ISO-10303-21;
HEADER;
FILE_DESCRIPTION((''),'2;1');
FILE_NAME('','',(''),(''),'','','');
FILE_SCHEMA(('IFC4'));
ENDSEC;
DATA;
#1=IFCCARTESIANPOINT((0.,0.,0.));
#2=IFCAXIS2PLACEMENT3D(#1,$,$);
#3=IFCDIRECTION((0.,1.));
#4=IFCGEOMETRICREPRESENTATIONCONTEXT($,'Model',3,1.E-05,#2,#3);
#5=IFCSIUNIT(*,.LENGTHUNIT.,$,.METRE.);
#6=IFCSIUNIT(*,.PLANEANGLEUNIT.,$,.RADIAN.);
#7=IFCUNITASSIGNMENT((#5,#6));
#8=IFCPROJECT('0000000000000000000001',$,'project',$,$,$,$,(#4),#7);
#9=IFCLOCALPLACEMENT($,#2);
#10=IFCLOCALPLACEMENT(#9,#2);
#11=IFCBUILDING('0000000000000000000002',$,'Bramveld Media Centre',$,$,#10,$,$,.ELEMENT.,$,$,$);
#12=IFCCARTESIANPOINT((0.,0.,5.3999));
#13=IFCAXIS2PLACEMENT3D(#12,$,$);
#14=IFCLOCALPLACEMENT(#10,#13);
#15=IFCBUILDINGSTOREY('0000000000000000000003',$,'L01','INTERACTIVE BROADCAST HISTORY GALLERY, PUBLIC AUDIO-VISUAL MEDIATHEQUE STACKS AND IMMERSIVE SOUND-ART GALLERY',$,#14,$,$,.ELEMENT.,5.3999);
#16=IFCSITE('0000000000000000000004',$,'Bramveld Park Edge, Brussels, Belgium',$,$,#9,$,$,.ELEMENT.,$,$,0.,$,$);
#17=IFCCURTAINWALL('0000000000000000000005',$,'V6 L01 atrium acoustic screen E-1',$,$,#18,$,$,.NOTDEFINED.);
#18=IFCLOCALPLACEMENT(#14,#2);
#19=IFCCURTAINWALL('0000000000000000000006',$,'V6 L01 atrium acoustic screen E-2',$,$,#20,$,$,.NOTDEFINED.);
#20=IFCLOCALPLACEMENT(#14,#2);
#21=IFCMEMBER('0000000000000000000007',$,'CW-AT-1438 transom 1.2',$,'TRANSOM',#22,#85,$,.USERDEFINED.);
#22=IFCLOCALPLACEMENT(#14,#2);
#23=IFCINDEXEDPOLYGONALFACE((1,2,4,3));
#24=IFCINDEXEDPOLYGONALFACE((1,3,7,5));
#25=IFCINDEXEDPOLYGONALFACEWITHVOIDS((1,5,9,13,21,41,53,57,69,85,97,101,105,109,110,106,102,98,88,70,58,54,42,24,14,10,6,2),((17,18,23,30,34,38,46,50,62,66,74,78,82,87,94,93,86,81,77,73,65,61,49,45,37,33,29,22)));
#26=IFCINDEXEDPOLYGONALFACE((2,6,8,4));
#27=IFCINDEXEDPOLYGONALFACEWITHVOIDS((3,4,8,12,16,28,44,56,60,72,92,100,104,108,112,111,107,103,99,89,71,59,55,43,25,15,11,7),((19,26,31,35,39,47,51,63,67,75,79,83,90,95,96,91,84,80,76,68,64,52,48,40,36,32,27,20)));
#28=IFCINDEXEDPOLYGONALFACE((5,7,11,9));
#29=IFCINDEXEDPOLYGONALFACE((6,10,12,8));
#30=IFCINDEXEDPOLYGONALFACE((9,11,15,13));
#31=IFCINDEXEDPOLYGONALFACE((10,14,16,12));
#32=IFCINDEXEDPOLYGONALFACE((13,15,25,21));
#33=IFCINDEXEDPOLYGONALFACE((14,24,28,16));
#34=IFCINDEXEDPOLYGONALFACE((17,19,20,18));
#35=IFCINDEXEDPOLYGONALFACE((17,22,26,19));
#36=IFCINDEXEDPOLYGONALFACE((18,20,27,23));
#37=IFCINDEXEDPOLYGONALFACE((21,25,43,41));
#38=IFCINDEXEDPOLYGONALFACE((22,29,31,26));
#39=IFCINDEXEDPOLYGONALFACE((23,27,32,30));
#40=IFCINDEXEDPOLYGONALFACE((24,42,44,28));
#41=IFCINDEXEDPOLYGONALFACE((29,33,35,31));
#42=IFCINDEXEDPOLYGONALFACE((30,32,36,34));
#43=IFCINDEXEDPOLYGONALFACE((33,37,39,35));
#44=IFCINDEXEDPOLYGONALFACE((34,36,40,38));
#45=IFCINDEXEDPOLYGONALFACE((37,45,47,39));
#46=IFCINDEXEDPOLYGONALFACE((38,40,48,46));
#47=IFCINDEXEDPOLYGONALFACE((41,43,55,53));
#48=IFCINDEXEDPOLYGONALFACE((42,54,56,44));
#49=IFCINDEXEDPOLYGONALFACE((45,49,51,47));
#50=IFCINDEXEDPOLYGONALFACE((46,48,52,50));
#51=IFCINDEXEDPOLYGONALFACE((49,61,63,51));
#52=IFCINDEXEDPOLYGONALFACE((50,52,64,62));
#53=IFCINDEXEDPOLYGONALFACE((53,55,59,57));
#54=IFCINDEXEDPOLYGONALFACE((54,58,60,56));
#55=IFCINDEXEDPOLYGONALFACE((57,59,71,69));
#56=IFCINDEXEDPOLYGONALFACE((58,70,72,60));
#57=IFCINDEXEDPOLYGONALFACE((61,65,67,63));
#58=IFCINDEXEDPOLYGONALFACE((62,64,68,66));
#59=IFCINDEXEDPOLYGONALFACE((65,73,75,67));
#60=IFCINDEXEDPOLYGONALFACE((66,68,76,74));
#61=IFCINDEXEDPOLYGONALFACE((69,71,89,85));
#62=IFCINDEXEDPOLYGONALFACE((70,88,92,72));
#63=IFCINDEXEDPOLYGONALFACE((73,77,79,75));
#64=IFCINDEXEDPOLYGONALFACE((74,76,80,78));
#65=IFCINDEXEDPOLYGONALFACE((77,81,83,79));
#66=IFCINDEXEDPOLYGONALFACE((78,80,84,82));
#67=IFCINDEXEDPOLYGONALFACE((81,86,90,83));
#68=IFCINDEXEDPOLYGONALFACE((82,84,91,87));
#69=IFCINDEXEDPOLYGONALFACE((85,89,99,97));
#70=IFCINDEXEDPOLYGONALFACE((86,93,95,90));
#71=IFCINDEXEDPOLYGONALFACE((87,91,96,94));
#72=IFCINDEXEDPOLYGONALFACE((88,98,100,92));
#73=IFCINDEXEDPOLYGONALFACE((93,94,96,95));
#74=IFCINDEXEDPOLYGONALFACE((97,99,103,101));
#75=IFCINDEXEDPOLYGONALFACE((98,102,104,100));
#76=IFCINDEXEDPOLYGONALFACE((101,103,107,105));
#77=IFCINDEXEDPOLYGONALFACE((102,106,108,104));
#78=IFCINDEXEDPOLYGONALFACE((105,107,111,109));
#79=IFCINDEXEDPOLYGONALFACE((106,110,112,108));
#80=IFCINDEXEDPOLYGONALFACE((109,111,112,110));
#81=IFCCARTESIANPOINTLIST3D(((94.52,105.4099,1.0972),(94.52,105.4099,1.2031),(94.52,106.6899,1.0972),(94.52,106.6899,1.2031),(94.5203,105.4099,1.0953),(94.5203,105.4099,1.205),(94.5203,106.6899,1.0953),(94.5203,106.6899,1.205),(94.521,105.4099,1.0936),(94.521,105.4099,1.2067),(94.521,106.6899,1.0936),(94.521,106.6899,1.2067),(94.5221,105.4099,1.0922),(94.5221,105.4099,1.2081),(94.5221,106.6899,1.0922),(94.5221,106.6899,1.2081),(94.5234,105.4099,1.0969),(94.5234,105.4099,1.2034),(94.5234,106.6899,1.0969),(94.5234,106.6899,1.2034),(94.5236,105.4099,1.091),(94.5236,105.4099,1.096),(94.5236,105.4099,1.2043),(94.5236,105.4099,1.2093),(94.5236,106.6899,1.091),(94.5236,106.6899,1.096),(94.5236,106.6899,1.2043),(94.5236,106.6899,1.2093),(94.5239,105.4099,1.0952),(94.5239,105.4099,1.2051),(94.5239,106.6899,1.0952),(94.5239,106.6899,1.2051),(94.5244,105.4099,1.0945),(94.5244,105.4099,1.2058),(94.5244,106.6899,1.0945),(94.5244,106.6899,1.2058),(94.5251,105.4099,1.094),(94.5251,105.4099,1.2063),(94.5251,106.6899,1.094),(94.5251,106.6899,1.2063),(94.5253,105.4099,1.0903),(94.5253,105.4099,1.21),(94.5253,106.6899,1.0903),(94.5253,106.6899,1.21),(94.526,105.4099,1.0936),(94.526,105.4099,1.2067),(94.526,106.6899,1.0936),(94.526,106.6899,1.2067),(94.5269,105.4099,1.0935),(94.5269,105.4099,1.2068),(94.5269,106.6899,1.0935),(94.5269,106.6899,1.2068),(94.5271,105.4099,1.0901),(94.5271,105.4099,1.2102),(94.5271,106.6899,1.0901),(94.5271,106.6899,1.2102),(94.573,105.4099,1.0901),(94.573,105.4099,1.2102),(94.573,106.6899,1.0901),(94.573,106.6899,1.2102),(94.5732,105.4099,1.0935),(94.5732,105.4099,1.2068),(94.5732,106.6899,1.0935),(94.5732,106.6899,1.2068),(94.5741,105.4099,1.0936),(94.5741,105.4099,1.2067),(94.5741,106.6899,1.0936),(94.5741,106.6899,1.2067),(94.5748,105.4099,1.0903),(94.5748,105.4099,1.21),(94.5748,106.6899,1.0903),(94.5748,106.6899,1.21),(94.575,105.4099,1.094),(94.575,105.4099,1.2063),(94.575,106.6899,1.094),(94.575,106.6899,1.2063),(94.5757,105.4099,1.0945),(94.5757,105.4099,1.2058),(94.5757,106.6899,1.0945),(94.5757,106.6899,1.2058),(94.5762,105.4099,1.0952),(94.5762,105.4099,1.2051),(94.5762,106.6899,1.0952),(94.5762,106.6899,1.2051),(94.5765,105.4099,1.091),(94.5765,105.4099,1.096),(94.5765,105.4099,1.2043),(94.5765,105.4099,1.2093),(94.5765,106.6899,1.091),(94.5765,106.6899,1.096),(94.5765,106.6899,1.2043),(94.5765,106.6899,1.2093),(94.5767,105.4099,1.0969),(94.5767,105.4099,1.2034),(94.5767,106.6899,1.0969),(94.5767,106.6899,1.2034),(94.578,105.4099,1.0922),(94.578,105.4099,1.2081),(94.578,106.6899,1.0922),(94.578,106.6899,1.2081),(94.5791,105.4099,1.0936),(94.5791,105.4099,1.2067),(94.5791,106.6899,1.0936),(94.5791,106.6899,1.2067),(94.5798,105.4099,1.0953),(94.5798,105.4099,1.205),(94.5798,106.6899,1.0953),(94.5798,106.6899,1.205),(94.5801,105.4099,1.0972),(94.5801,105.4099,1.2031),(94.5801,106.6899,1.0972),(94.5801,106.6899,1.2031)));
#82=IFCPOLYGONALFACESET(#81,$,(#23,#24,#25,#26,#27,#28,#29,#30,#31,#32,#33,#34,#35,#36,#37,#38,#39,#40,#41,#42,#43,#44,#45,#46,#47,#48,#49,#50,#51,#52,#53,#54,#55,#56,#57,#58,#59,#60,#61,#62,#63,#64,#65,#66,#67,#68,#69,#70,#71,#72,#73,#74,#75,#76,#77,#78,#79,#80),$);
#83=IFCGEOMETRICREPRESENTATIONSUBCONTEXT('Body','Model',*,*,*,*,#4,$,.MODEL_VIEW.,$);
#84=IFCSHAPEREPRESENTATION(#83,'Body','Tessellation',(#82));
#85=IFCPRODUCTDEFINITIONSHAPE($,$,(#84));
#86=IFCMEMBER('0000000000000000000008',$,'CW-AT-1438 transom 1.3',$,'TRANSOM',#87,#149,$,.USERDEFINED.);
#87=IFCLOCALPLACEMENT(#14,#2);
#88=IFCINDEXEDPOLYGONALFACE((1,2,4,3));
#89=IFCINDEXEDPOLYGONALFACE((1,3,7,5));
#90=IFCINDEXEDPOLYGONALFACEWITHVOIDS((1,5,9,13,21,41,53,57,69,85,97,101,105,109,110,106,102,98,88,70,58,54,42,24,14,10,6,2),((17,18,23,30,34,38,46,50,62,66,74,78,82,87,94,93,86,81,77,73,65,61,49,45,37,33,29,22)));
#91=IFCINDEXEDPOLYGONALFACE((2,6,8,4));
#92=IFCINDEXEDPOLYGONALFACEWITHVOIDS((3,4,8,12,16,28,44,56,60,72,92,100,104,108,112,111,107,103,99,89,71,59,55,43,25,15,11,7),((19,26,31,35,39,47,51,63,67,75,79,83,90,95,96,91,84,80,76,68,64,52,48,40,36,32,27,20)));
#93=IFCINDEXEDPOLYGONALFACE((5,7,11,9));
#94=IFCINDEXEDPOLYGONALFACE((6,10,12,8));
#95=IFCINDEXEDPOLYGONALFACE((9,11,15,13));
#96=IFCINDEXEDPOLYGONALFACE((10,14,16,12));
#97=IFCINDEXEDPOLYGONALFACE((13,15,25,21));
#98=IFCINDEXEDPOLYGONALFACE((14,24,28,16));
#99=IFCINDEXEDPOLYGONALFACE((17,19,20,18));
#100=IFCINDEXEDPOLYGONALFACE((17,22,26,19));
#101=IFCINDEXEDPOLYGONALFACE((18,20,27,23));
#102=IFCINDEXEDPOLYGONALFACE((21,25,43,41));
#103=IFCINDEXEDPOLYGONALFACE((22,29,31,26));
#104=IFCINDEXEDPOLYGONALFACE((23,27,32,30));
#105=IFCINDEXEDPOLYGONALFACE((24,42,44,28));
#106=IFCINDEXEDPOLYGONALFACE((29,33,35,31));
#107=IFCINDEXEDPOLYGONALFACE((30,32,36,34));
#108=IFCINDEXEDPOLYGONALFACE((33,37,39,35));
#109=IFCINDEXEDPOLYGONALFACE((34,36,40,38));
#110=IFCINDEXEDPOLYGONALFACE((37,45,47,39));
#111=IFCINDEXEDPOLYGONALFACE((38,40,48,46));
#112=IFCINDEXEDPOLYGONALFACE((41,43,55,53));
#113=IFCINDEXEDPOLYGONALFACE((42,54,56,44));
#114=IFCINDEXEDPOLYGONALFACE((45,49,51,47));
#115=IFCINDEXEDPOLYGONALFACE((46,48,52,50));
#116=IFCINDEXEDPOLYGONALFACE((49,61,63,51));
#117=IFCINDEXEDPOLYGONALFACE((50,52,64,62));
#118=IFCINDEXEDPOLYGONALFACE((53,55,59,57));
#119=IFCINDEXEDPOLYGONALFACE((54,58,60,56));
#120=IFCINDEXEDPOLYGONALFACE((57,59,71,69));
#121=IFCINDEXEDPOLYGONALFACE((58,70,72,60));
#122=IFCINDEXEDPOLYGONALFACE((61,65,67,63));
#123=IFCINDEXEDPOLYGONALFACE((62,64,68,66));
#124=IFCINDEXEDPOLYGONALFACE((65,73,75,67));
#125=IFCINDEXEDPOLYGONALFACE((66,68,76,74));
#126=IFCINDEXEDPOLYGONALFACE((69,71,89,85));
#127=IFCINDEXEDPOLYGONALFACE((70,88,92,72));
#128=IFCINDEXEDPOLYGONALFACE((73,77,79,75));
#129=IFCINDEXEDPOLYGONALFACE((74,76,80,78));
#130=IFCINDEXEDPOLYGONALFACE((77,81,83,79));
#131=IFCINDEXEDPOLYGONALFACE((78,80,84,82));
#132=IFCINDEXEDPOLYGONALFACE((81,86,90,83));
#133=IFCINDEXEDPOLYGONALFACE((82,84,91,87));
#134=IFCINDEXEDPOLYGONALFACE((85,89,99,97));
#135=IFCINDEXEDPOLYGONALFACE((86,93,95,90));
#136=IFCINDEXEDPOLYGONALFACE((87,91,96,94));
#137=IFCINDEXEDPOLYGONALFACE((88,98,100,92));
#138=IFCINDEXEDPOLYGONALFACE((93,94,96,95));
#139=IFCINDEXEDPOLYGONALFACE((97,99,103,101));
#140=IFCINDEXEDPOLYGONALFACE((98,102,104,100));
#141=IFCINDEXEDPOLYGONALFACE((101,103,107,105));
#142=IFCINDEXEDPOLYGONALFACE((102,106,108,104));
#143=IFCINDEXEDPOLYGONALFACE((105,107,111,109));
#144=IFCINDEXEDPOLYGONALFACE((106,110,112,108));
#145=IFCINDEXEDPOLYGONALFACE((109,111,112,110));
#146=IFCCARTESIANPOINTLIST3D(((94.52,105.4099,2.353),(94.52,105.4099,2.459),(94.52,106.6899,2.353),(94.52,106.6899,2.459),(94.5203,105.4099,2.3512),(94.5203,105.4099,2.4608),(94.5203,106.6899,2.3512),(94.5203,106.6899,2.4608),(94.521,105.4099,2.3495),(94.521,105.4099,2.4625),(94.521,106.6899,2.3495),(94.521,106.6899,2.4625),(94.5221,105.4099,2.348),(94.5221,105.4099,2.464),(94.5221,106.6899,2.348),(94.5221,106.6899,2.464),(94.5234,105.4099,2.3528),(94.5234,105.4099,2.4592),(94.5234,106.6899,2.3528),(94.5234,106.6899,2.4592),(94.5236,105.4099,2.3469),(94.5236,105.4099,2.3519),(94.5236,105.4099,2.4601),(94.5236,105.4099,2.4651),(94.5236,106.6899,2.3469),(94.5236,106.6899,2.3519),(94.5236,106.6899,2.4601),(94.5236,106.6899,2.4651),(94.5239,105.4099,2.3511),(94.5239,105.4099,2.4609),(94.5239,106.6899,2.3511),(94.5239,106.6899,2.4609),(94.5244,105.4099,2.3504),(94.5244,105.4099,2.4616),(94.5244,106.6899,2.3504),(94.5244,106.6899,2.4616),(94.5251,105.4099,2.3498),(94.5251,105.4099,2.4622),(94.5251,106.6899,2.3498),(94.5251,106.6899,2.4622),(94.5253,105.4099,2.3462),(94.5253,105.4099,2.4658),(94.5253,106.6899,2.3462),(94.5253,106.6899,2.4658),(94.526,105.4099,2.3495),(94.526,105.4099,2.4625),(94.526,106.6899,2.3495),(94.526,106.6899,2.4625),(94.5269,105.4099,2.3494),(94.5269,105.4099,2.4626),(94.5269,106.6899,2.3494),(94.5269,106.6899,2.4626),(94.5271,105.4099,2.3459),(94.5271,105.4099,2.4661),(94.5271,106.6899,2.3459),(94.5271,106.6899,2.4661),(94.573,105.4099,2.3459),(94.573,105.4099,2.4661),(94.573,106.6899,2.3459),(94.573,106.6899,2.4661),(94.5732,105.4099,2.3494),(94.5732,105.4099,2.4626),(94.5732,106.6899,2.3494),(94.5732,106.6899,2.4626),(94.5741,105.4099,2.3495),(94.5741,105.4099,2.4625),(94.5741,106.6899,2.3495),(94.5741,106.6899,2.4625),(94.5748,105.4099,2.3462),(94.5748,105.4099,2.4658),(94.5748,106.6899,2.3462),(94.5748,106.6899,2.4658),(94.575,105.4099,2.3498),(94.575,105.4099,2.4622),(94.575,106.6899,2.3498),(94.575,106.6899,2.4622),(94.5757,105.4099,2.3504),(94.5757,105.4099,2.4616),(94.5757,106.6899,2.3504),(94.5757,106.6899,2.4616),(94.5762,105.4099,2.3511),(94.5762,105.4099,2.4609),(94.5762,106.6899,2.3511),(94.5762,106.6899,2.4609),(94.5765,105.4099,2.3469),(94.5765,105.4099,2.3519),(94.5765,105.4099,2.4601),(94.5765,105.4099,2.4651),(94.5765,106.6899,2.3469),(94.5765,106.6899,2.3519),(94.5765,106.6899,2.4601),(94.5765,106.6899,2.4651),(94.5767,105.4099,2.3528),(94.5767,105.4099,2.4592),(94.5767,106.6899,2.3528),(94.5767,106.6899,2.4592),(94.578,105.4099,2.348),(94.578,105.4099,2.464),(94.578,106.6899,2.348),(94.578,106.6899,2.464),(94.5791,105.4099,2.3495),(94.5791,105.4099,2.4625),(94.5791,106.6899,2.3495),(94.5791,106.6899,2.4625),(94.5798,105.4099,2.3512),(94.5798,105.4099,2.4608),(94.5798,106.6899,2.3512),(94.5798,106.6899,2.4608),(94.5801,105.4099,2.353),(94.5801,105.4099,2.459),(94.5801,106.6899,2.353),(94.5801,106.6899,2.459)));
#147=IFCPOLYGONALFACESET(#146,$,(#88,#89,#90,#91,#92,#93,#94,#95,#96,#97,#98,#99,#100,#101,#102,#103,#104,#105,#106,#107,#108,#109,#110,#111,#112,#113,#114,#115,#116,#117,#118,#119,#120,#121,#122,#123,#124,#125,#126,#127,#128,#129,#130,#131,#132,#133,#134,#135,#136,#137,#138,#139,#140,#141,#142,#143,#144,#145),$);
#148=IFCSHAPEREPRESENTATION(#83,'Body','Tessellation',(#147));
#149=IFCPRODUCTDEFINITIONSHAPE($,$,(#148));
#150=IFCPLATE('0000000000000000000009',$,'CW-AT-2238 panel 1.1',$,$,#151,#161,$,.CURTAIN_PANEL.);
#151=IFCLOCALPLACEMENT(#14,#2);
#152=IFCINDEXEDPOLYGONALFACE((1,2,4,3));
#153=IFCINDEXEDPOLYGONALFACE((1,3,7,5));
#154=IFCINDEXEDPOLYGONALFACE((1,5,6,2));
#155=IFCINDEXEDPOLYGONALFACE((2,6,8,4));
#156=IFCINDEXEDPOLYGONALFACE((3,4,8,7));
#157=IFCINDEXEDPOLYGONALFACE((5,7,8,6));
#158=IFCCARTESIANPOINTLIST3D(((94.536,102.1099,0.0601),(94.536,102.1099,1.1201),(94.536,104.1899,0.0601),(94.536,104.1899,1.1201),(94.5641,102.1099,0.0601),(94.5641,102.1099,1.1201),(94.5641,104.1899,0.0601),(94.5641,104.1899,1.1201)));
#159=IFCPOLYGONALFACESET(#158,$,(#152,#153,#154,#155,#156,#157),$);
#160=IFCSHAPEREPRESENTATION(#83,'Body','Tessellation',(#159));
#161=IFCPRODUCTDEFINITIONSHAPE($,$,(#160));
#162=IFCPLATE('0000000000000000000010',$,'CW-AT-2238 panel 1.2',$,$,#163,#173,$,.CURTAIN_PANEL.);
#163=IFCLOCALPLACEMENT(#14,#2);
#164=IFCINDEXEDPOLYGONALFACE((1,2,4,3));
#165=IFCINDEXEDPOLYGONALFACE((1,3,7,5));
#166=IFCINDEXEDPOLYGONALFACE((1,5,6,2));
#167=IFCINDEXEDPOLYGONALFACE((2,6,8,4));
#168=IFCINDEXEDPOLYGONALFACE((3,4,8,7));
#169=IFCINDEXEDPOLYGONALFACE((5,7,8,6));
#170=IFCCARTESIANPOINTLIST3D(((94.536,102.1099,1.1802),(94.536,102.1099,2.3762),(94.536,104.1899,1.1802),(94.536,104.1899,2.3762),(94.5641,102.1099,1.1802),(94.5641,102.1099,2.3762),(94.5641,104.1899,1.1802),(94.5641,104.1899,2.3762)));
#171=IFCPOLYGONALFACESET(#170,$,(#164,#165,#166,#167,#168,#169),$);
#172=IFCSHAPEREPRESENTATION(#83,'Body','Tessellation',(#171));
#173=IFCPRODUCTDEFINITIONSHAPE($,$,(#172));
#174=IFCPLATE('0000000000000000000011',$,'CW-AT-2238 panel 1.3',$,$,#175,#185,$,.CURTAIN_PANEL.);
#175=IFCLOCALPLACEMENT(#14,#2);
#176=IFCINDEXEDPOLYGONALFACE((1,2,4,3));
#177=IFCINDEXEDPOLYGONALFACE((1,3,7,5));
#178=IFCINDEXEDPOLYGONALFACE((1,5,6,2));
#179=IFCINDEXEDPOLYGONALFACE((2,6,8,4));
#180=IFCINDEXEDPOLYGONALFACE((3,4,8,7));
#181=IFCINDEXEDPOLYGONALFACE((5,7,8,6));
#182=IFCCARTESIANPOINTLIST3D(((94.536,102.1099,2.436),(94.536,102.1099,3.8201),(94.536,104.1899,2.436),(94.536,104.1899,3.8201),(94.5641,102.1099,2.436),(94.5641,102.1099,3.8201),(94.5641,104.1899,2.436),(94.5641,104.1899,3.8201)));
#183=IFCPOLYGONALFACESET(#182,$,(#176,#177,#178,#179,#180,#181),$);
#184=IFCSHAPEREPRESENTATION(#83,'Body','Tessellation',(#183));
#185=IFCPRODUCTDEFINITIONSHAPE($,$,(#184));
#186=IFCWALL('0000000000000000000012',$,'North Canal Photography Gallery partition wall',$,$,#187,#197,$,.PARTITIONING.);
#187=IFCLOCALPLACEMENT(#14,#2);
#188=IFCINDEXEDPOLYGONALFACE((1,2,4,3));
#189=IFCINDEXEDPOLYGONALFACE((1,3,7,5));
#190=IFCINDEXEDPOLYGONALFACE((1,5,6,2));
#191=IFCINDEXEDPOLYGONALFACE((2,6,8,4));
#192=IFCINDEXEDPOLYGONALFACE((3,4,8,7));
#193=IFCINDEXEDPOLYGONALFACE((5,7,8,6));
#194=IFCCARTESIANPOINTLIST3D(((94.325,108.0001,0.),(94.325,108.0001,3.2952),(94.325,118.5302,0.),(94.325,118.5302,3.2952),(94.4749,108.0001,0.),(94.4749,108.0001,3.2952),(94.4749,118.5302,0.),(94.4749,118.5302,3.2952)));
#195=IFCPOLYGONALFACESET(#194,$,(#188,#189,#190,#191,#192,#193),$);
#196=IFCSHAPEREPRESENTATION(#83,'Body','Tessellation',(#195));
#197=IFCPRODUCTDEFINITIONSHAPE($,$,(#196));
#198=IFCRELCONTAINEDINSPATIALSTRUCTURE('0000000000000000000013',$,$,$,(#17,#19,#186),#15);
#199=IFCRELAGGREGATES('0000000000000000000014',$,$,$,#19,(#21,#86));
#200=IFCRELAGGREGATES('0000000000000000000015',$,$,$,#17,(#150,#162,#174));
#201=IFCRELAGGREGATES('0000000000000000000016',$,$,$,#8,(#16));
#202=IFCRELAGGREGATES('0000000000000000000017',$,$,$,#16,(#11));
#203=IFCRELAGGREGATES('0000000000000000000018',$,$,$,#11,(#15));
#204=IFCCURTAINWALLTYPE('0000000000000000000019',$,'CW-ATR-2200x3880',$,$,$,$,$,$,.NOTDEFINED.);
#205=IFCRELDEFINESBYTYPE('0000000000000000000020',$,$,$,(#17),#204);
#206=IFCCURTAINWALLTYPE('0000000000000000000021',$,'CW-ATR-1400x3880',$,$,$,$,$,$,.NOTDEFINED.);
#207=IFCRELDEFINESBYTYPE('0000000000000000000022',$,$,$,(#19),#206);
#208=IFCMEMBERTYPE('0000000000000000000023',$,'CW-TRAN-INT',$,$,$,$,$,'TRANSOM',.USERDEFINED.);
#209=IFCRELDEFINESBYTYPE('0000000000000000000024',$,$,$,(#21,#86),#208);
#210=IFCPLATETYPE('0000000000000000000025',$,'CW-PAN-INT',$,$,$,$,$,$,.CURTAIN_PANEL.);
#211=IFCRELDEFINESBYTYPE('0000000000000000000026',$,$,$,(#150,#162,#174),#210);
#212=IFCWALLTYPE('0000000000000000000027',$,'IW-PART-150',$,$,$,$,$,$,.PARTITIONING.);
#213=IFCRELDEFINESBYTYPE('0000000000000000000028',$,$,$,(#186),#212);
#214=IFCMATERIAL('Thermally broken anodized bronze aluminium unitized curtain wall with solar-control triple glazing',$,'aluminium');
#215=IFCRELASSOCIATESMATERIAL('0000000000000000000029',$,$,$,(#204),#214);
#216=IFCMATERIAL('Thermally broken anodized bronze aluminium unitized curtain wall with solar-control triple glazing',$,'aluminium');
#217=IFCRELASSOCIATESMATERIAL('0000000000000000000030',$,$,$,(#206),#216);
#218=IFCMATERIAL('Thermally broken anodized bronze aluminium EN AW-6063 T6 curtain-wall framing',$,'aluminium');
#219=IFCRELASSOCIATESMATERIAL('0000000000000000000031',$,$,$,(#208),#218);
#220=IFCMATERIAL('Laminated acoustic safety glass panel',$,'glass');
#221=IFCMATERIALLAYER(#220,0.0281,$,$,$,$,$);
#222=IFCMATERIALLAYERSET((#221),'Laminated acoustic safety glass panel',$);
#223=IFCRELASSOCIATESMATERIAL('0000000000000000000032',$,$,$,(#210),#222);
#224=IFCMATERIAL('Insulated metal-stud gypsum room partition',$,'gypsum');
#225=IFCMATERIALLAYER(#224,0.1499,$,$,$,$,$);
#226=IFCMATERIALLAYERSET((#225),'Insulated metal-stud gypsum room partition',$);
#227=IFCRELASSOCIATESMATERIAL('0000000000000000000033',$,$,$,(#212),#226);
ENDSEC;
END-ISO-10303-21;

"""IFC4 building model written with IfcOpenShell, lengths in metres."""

from ifc_helpers import new_model, si_unit, direction, frame, frame_2d, origin, origin_2d, place, context, subcontext, project, spatial, rectangle, hollow_rectangle, extrude, material, layer, layer_set, material_profile, profile_set, type_object, element, aggregate, save


model = new_model("IFC4")

# Units and contexts
model_context = context("Model", 3, precision=1e-05, world=origin(), true_north=direction((0.0, 1.0)))
body_context = subcontext(model_context, "Body", "Model", "MODEL_VIEW")
ifc_project = project(units=[si_unit("LENGTHUNIT", "METRE"), si_unit("PLANEANGLEUNIT", "RADIAN")], contexts=[model_context])

# Site, building, storey
site_placement = place(None, origin())
site = spatial("IfcSite", under=ifc_project, at=site_placement, Name="Bramveld Park Edge, Brussels, Belgium", CompositionType="ELEMENT", RefElevation=0.0)
building_placement = place(site_placement, origin())
building = spatial("IfcBuilding", under=site, at=building_placement, Name="Bramveld Media Centre", CompositionType="ELEMENT")
storey_placement = place(building_placement, frame((0.0, 0.0, 5.3999)))
storey = spatial("IfcBuildingStorey", under=building, at=storey_placement, Name="L01", Description="INTERACTIVE BROADCAST HISTORY GALLERY, PUBLIC AUDIO-VISUAL MEDIATHEQUE STACKS AND IMMERSIVE SOUND-ART GALLERY", CompositionType="ELEMENT", Elevation=5.3999)

# Curtain wall
ifc_material_1 = material(Name="Thermally broken anodized bronze aluminium unitized curtain wall with solar-control triple glazing", Category="aluminium")
curtain_wall_type_1 = type_object("IfcCurtainWallType", Name="CW-ATR-2200x3880", PredefinedType="NOTDEFINED", material=ifc_material_1)
curtain_wall_1_placement = place(storey_placement, origin())
curtain_wall_1 = element("IfcCurtainWall", 1, at=curtain_wall_1_placement, inside=storey, type_object=curtain_wall_type_1, Name="V6 L01 atrium acoustic screen E-1", PredefinedType="NOTDEFINED")

# Curtain wall
ifc_material_2 = material(Name="Thermally broken anodized bronze aluminium unitized curtain wall with solar-control triple glazing", Category="aluminium")
curtain_wall_type_2 = type_object("IfcCurtainWallType", Name="CW-ATR-1400x3880", PredefinedType="NOTDEFINED", material=ifc_material_2)
curtain_wall_2_placement = place(storey_placement, origin())
curtain_wall_2 = element("IfcCurtainWall", 2, at=curtain_wall_2_placement, inside=storey, type_object=curtain_wall_type_2, Name="V6 L01 atrium acoustic screen E-2", PredefinedType="NOTDEFINED")

# Members
ifc_material_3 = material(Name="Thermally broken anodized bronze aluminium EN AW-6063 T6 curtain-wall framing", Category="aluminium")
ifc_material_profile_1 = material_profile(ifc_material_3, hollow_rectangle(XDim=0.0601, YDim=0.1201, WallThickness=0.0034, InnerFilletRadius=0.0034, OuterFilletRadius=0.0071, at=origin_2d()), Name="AL-TRAN 60x120")
ifc_profile_set_1 = profile_set([ifc_material_profile_1], Name="Thermally broken anodized bronze aluminium EN AW-6063 T6 curtain-wall framing")
member_type_1 = type_object("IfcMemberType", Name="CW-TRAN-INT", ElementType="TRANSOM", PredefinedType="USERDEFINED", material=ifc_profile_set_1)
member_1_placement = place(storey_placement, frame((94.55, 105.4099, 1.1501), z_axis=(0.0, 1.0, 0.0), x_axis=(-1.0, 0.0, 0.0)))
member_1 = element("IfcMember", 3, at=member_1_placement, type_object=member_type_1, Name="CW-AT-1438 transom 1.2", ObjectType="TRANSOM", PredefinedType="USERDEFINED", context=body_context, shape_type="SweptSolid", body=[
    extrude(hollow_rectangle(XDim=0.0601, YDim=0.1201, WallThickness=0.0034, InnerFilletRadius=0.0034, OuterFilletRadius=0.0071, at=origin_2d()), origin(), (0.0, 0.0, 1.0), 1.28),
])
member_2_placement = place(storey_placement, frame((94.55, 105.4099, 2.406), z_axis=(0.0, 1.0, 0.0), x_axis=(-1.0, 0.0, 0.0)))
member_2 = element("IfcMember", 4, at=member_2_placement, type_object=member_type_1, Name="CW-AT-1438 transom 1.3", ObjectType="TRANSOM", PredefinedType="USERDEFINED", context=body_context, shape_type="SweptSolid", body=[
    extrude(hollow_rectangle(XDim=0.0601, YDim=0.1201, WallThickness=0.0034, InnerFilletRadius=0.0034, OuterFilletRadius=0.0071, at=origin_2d()), origin(), (0.0, 0.0, 1.0), 1.28),
])
aggregate(curtain_wall_2, [member_1, member_2])

# Plates
ifc_material_4 = material(Name="Laminated acoustic safety glass panel", Category="glass")
ifc_layer_1 = layer(ifc_material_4, 0.0281)
ifc_layer_set_1 = layer_set([ifc_layer_1], Name="Laminated acoustic safety glass panel")
plate_type = type_object("IfcPlateType", Name="CW-PAN-INT", PredefinedType="CURTAIN_PANEL", material=ifc_layer_set_1)
plate_1_placement = place(storey_placement, frame((94.55, 103.1499, 0.0601), z_axis=(0.0, 0.0, 1.0), x_axis=(0.0, 1.0, 0.0)))
plate_1 = element("IfcPlate", 5, at=plate_1_placement, type_object=plate_type, Name="CW-AT-2238 panel 1.1", PredefinedType="CURTAIN_PANEL", context=body_context, shape_type="SweptSolid", body=[
    extrude(rectangle(XDim=2.0801, YDim=0.0281, at=origin_2d()), origin(), (0.0, 0.0, 1.0), 1.0601),
])
plate_2_placement = place(storey_placement, frame((94.55, 103.1499, 1.1802), z_axis=(0.0, 0.0, 1.0), x_axis=(0.0, 1.0, 0.0)))
plate_2 = element("IfcPlate", 6, at=plate_2_placement, type_object=plate_type, Name="CW-AT-2238 panel 1.2", PredefinedType="CURTAIN_PANEL", context=body_context, shape_type="SweptSolid", body=[
    extrude(rectangle(XDim=2.0801, YDim=0.0281, at=origin_2d()), origin(), (0.0, 0.0, 1.0), 1.196),
])
plate_3_placement = place(storey_placement, frame((94.55, 103.1499, 2.436), z_axis=(0.0, 0.0, 1.0), x_axis=(0.0, 1.0, 0.0)))
plate_3 = element("IfcPlate", 7, at=plate_3_placement, type_object=plate_type, Name="CW-AT-2238 panel 1.3", PredefinedType="CURTAIN_PANEL", context=body_context, shape_type="SweptSolid", body=[
    extrude(rectangle(XDim=2.0801, YDim=0.0281, at=origin_2d()), origin(), (0.0, 0.0, 1.0), 1.384),
])
aggregate(curtain_wall_1, [plate_1, plate_2, plate_3])

# Wall
ifc_material_5 = material(Name="Insulated metal-stud gypsum room partition", Category="gypsum")
ifc_layer_2 = layer(ifc_material_5, 0.1499)
ifc_layer_set_2 = layer_set([ifc_layer_2], Name="Insulated metal-stud gypsum room partition")
wall_type = type_object("IfcWallType", Name="IW-PART-150", PredefinedType="PARTITIONING", material=ifc_layer_set_2)
wall_1_placement = place(storey_placement, frame((94.3999, 108.0, 0.0), z_axis=(0.0, 0.0, 1.0), x_axis=(0.0, 1.0, 0.0)))
element("IfcWall", 8, at=wall_1_placement, inside=storey, type_object=wall_type, Name="North Canal Photography Gallery partition wall", PredefinedType="PARTITIONING", context=body_context, shape_type="SweptSolid", body=[
    extrude(rectangle(XDim=10.53, YDim=0.1499, at=frame_2d((5.2651, 0.0))), origin(), (0.0, 0.0, 1.0), 3.2952),
])

save(model, "model.ifc")
